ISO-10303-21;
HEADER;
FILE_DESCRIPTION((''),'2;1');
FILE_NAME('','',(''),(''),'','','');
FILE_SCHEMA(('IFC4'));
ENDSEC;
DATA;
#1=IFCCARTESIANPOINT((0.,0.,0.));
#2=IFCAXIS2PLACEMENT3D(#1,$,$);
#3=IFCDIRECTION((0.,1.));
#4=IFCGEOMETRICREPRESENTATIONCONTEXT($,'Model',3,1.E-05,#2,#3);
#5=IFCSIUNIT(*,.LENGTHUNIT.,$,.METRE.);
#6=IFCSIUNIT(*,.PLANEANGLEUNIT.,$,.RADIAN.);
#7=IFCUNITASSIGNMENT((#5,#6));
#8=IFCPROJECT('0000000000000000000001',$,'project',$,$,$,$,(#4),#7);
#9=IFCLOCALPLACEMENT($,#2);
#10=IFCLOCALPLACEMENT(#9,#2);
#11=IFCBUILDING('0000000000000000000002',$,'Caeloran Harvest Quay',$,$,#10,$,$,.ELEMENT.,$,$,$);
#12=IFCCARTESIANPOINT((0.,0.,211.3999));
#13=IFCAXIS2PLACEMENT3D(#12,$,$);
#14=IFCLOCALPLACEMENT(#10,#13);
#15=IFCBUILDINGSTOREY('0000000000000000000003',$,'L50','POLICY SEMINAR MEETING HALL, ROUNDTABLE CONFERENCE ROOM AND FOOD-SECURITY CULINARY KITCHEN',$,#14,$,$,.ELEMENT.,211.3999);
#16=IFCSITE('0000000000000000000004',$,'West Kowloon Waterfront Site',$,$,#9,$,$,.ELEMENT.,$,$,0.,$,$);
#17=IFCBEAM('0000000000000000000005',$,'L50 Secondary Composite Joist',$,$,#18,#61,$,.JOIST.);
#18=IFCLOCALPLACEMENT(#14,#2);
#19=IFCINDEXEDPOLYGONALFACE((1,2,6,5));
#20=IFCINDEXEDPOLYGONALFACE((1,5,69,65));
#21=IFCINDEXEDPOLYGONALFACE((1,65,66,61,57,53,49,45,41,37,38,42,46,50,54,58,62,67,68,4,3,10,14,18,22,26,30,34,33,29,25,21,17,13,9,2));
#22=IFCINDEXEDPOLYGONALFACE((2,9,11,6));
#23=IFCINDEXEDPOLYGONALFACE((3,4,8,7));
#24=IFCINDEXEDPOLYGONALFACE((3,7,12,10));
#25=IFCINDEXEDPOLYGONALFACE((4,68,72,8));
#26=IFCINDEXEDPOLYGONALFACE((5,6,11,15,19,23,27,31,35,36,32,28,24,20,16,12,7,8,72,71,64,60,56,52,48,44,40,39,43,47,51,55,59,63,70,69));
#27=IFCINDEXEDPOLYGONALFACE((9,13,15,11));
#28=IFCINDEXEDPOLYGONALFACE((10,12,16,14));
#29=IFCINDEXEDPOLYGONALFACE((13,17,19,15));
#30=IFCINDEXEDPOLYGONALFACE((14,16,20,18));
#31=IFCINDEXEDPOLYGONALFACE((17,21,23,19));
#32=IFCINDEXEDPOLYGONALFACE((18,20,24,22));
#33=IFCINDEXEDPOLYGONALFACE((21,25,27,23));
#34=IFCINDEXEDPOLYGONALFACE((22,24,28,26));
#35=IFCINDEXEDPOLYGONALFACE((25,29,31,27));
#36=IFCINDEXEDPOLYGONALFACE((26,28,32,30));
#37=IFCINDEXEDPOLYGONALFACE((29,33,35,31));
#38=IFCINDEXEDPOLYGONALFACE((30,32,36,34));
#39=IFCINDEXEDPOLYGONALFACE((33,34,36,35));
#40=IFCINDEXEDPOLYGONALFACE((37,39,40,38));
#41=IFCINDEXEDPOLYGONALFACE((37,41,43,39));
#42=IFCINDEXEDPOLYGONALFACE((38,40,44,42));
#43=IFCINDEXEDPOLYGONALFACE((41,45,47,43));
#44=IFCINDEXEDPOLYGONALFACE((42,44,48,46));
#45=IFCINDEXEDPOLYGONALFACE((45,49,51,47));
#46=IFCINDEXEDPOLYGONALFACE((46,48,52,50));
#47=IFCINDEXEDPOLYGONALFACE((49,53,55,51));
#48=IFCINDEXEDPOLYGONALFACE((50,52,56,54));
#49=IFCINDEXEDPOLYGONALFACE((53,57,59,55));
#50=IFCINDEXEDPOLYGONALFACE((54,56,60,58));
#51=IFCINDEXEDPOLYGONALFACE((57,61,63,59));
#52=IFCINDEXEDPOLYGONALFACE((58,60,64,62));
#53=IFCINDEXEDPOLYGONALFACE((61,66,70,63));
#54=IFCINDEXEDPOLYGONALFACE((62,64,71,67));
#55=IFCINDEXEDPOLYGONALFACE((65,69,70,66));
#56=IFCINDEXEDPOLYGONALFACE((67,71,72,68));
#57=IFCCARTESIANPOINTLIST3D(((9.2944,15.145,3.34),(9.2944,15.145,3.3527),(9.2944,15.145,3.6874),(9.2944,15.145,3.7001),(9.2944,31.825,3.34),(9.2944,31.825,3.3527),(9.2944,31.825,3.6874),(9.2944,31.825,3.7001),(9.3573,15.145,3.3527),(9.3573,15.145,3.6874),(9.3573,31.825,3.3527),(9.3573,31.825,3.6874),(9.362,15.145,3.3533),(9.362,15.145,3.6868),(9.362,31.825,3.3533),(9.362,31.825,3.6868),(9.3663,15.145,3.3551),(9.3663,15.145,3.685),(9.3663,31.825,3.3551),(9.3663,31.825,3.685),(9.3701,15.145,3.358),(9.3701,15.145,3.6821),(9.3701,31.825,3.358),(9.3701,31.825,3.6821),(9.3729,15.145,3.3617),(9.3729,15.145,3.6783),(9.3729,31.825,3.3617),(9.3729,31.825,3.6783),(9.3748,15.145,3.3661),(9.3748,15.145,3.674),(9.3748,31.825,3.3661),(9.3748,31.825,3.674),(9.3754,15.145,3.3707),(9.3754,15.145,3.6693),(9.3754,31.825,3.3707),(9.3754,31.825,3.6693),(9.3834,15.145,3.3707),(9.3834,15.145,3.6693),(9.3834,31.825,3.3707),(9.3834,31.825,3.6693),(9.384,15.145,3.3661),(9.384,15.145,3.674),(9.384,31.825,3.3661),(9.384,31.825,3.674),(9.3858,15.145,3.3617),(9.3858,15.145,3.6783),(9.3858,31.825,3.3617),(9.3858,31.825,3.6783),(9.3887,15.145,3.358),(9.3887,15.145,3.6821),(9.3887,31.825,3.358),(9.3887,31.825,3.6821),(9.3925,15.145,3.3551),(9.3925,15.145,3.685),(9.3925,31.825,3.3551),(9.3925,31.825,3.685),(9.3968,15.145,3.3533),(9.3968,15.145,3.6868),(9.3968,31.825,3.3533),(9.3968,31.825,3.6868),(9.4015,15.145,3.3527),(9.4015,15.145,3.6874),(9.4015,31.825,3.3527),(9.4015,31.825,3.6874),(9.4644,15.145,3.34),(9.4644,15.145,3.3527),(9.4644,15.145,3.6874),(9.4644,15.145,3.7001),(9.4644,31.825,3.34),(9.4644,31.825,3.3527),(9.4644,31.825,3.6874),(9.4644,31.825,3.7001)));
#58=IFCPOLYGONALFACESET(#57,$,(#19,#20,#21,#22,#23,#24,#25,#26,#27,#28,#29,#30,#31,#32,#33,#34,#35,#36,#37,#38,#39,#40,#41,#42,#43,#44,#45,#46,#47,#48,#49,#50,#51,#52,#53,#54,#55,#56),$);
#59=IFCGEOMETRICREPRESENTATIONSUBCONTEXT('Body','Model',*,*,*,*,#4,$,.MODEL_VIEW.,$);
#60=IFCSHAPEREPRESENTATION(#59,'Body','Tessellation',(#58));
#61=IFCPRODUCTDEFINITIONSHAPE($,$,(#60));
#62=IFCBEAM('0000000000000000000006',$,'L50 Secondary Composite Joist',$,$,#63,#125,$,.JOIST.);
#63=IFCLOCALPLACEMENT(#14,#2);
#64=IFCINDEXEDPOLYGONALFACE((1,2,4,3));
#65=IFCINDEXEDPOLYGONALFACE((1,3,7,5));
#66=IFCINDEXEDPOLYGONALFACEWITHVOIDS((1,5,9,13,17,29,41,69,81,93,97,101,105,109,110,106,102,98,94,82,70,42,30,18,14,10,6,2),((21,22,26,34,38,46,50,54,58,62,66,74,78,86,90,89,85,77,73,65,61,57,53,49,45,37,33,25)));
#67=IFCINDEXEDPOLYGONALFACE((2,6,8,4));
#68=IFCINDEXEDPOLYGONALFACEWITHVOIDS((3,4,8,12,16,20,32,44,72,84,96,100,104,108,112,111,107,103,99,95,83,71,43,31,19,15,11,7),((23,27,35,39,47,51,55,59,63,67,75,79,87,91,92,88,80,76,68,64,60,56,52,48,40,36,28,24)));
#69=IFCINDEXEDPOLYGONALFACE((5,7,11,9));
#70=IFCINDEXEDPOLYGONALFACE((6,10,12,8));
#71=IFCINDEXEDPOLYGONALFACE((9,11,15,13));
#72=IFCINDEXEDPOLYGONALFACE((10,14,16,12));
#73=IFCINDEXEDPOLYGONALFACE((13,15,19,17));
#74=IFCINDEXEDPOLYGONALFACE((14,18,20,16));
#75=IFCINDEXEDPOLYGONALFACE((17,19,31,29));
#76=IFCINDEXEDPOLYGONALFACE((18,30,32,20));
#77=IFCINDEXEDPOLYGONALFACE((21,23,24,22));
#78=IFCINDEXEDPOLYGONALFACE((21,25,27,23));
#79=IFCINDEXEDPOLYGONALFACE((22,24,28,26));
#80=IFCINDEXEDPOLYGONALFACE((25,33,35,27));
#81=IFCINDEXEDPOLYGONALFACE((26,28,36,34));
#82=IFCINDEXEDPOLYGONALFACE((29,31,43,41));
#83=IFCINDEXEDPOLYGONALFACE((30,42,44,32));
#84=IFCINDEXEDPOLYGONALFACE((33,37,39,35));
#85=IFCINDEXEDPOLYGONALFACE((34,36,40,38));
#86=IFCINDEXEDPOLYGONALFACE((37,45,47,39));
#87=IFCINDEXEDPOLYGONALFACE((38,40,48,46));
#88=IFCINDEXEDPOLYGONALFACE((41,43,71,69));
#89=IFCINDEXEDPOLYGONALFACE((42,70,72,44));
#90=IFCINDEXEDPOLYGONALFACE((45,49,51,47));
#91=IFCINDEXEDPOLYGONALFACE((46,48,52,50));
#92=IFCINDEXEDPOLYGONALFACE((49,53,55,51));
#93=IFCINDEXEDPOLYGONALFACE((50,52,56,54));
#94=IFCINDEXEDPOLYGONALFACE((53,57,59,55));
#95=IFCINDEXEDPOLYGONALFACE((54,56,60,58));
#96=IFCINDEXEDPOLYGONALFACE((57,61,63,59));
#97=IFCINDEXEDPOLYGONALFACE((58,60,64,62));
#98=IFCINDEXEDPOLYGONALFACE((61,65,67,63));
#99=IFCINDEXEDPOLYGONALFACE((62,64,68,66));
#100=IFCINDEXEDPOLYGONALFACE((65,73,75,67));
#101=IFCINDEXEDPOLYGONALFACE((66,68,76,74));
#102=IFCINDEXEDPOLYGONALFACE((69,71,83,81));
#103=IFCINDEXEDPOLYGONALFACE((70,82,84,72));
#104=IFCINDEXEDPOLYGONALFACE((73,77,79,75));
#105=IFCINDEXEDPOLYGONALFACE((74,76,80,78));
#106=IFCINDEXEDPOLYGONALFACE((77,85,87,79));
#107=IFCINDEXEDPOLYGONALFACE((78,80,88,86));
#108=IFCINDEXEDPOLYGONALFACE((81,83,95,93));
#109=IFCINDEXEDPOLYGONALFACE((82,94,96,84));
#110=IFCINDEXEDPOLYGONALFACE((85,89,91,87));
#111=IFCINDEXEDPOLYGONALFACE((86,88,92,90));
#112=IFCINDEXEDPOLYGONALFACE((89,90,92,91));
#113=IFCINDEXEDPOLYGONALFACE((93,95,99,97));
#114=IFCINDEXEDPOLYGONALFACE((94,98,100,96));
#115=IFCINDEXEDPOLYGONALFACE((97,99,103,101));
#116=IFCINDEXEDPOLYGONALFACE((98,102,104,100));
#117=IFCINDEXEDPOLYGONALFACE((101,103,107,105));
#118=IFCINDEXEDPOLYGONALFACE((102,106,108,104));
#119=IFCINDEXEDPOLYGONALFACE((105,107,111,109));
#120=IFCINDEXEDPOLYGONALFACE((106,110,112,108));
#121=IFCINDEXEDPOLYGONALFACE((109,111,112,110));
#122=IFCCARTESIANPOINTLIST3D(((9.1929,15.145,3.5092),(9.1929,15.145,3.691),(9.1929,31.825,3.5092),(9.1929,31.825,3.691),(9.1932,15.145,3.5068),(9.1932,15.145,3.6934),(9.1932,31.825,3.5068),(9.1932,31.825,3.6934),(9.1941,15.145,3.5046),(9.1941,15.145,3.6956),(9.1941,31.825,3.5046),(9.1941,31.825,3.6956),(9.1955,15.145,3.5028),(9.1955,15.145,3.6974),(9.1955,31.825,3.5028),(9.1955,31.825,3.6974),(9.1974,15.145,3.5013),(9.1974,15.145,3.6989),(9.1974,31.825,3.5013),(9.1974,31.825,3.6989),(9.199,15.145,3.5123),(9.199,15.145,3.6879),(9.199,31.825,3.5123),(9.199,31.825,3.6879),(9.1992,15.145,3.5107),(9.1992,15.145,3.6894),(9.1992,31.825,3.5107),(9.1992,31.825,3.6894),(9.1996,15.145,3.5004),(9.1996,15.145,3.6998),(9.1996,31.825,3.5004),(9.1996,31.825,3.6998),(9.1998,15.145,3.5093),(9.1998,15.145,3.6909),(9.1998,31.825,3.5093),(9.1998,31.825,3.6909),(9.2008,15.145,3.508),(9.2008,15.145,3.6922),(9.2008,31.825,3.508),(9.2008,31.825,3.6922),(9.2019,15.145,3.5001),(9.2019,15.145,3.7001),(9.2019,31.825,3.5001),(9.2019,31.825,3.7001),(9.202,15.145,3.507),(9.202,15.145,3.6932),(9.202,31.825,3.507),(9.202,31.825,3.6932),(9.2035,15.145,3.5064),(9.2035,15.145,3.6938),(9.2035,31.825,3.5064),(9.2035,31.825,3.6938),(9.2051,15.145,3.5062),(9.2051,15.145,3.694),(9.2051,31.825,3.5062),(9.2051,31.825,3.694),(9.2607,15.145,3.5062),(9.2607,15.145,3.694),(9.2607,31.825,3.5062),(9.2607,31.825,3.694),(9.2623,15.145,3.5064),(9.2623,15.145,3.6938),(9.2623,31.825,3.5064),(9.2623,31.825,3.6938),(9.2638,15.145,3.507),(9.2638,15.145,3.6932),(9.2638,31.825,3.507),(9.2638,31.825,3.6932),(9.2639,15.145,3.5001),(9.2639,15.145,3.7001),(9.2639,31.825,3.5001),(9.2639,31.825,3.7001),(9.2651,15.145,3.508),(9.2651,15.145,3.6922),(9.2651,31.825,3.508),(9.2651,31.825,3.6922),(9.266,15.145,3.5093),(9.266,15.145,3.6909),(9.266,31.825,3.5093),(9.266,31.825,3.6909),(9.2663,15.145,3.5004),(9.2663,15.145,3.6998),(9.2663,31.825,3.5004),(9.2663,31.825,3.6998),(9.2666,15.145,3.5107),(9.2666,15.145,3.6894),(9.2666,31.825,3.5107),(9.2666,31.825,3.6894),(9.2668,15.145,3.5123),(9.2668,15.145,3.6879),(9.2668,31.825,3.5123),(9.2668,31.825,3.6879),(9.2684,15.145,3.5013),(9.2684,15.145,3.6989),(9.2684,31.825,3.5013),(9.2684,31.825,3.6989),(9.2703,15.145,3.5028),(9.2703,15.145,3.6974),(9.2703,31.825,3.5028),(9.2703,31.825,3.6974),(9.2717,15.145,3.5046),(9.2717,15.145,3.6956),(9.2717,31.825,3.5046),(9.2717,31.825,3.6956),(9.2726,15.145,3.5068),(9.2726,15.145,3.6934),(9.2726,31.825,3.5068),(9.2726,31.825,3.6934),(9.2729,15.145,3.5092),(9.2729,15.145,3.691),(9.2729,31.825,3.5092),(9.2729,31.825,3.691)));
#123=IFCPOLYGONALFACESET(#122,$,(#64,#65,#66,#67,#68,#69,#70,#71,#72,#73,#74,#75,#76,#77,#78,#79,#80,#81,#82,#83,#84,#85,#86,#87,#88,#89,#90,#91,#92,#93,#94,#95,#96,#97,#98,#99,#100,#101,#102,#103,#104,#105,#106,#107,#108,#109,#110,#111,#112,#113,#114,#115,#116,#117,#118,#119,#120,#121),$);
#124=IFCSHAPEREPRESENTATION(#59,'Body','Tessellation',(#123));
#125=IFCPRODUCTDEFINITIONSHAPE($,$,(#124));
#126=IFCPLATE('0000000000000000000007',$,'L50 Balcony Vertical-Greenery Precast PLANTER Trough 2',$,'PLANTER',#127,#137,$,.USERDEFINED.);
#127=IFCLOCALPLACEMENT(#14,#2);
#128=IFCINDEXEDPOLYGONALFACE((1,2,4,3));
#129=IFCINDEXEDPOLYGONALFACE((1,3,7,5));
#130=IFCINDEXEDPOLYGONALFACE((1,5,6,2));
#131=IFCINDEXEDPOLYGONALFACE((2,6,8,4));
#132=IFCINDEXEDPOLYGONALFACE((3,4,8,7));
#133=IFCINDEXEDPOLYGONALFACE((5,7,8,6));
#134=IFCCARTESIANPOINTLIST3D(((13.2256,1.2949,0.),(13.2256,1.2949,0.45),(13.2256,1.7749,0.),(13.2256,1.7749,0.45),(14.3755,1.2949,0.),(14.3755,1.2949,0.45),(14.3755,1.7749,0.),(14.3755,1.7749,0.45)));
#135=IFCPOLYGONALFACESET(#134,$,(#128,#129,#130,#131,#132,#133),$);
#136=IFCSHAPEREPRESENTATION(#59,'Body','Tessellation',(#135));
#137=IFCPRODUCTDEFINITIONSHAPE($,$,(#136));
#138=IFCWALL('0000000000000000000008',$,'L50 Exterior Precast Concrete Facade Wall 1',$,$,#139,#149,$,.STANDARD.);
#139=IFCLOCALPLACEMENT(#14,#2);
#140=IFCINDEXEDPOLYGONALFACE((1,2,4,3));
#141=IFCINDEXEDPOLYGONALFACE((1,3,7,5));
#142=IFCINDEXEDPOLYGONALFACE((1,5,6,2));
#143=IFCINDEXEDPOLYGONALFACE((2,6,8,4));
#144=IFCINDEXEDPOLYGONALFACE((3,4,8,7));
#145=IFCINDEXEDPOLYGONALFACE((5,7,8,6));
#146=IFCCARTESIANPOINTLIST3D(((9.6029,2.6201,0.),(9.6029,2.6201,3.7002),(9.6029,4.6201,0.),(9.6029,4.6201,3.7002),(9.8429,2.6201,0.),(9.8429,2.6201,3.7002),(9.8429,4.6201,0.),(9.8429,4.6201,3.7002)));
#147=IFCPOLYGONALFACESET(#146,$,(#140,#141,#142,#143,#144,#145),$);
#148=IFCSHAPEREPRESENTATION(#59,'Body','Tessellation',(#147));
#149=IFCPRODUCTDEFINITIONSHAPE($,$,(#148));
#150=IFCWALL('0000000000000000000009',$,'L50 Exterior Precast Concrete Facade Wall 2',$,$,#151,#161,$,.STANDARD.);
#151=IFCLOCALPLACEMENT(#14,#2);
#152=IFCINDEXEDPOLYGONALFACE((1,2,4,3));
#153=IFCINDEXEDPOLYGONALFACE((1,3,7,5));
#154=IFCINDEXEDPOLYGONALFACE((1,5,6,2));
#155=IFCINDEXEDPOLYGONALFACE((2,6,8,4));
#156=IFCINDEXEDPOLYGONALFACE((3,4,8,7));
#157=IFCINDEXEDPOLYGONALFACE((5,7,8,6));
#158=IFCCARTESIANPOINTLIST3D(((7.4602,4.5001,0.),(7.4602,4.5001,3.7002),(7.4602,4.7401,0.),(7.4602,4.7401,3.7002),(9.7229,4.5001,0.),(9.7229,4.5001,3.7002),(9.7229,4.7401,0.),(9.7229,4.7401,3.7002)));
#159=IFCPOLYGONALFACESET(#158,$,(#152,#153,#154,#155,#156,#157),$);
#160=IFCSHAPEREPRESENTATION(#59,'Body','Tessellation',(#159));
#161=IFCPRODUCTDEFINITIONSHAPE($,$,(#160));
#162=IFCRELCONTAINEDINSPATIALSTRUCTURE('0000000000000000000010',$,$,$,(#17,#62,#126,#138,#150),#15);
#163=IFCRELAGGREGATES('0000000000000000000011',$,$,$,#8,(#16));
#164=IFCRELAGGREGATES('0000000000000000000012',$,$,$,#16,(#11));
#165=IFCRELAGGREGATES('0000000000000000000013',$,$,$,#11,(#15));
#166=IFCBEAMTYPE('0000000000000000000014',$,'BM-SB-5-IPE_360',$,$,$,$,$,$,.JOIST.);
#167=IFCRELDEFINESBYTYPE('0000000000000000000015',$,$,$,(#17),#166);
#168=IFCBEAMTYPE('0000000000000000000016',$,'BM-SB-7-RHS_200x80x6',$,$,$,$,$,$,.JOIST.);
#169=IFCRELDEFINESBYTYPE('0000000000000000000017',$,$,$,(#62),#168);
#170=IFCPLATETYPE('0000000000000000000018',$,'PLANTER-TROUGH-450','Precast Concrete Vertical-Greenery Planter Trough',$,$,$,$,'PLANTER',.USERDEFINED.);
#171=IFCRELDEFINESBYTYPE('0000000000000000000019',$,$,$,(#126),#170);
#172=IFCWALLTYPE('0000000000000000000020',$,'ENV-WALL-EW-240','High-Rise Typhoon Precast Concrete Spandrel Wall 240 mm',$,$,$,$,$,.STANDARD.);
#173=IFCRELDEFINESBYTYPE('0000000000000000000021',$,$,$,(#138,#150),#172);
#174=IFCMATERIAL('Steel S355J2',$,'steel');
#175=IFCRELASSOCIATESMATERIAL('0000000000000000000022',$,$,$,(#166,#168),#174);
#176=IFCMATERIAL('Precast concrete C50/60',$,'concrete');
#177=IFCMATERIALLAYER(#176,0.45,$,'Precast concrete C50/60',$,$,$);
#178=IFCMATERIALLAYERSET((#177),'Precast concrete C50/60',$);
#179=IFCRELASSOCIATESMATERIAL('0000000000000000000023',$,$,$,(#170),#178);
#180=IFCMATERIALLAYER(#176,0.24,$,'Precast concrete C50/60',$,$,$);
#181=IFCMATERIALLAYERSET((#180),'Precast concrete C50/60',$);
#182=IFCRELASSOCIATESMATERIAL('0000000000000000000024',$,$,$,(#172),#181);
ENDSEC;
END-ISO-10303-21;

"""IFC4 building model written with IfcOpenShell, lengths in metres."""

from ifc_helpers import new_model, si_unit, direction, frame, frame_2d, origin, origin_2d, place, context, subcontext, project, spatial, rectangle, hollow_rectangle, i_section, extrude, material, layer, layer_set, material_profile, profile_set, type_object, element, save


model = new_model("IFC4")

# Units and contexts
model_context = context("Model", 3, precision=1e-05, world=origin(), true_north=direction((0.0, 1.0)))
body_context = subcontext(model_context, "Body", "Model", "MODEL_VIEW")
ifc_project = project(units=[si_unit("LENGTHUNIT", "METRE"), si_unit("PLANEANGLEUNIT", "RADIAN")], contexts=[model_context])

# Site, building, storey
site_placement = place(None, origin())
site = spatial("IfcSite", under=ifc_project, at=site_placement, Name="West Kowloon Waterfront Site", CompositionType="ELEMENT", RefElevation=0.0)
building_placement = place(site_placement, origin())
building = spatial("IfcBuilding", under=site, at=building_placement, Name="Caeloran Harvest Quay", CompositionType="ELEMENT")
storey_placement = place(building_placement, frame((0.0, 0.0, 211.3999)))
storey = spatial("IfcBuildingStorey", under=building, at=storey_placement, Name="L50", Description="POLICY SEMINAR MEETING HALL, ROUNDTABLE CONFERENCE ROOM AND FOOD-SECURITY CULINARY KITCHEN", CompositionType="ELEMENT", Elevation=211.3999)

# Beams
ifc_material_1 = material(Name="Steel S355J2", Category="steel")
ifc_material_profile_1 = material_profile(ifc_material_1, i_section(OverallWidth=0.1699, OverallDepth=0.3601, WebThickness=0.0081, FlangeThickness=0.0127, FilletRadius=0.0181, at=origin_2d()), Name="IPE 360")
ifc_profile_set_1 = profile_set([ifc_material_profile_1], Name="Steel S355J2")
beam_type_1 = type_object("IfcBeamType", Name="BM-SB-5-IPE_360", PredefinedType="JOIST", material=ifc_profile_set_1)
for number, where, z_axis, x_axis, name in (
    (1, (9.3794, 15.145, 3.52), (0.0, 1.0, 0.0), (-1.0, 0.0, 0.0), "L50 Secondary Composite Joist"),
):
    element("IfcBeam", number, at=place(storey_placement, frame(where, z_axis=z_axis, x_axis=x_axis)), inside=storey, type_object=beam_type_1, Name=name, PredefinedType="JOIST", context=body_context, shape_type="SweptSolid", body=[
        extrude(i_section(OverallWidth=0.1699, OverallDepth=0.3601, WebThickness=0.0081, FlangeThickness=0.0127, FilletRadius=0.0181, at=origin_2d()), origin(), (0.0, 0.0, 1.0), 16.6799),
    ])
ifc_material_profile_2 = material_profile(ifc_material_1, hollow_rectangle(XDim=0.0801, YDim=0.2, WallThickness=0.0061, InnerFilletRadius=0.0061, OuterFilletRadius=0.009, at=origin_2d()), Name="RHS 200x80x6")
ifc_profile_set_2 = profile_set([ifc_material_profile_2], Name="Steel S355J2")
beam_type_2 = type_object("IfcBeamType", Name="BM-SB-7-RHS_200x80x6", PredefinedType="JOIST", material=ifc_profile_set_2)
beam_1_placement = place(storey_placement, frame((9.2329, 15.145, 3.6001), z_axis=(0.0, 1.0, 0.0), x_axis=(-1.0, 0.0, 0.0)))
element("IfcBeam", 2, at=beam_1_placement, inside=storey, type_object=beam_type_2, Name="L50 Secondary Composite Joist", PredefinedType="JOIST", context=body_context, shape_type="SweptSolid", body=[
    extrude(hollow_rectangle(XDim=0.0801, YDim=0.2, WallThickness=0.0061, InnerFilletRadius=0.0061, OuterFilletRadius=0.009, at=origin_2d()), origin(), (0.0, 0.0, 1.0), 16.6799),
])

# Plate
ifc_material_2 = material(Name="Precast concrete C50/60", Category="concrete")
ifc_layer_1 = layer(ifc_material_2, 0.45, Name="Precast concrete C50/60")
ifc_layer_set_1 = layer_set([ifc_layer_1], Name="Precast concrete C50/60")
plate_type = type_object("IfcPlateType", Name="PLANTER-TROUGH-450", Description="Precast Concrete Vertical-Greenery Planter Trough", ElementType="PLANTER", PredefinedType="USERDEFINED", material=ifc_layer_set_1)
plate_placement = place(storey_placement, frame((13.8005, 1.5349, 0.0), z_axis=(0.0, 0.0, 1.0), x_axis=(1.0, 0.0, 0.0)))
element("IfcPlate", 3, at=plate_placement, inside=storey, type_object=plate_type, Name="L50 Balcony Vertical-Greenery Precast PLANTER Trough 2", ObjectType="PLANTER", PredefinedType="USERDEFINED", context=body_context, shape_type="SweptSolid", body=[
    extrude(rectangle(XDim=1.1499, YDim=0.48, at=origin_2d()), origin(), (0.0, 0.0, 1.0), 0.45),
])

# Walls
ifc_layer_2 = layer(ifc_material_2, 0.24, Name="Precast concrete C50/60")
ifc_layer_set_2 = layer_set([ifc_layer_2], Name="Precast concrete C50/60")
wall_type_1 = type_object("IfcWallType", Name="ENV-WALL-EW-240", Description="High-Rise Typhoon Precast Concrete Spandrel Wall 240 mm", PredefinedType="STANDARD", material=ifc_layer_set_2)
wall_1_placement = place(storey_placement, frame((9.7229, 2.6201, 0.0), z_axis=(0.0, 0.0, 1.0), x_axis=(0.0, 1.0, 0.0)))
element("IfcWall", 4, at=wall_1_placement, inside=storey, type_object=wall_type_1, Name="L50 Exterior Precast Concrete Facade Wall 1", PredefinedType="STANDARD", context=body_context, shape_type="SweptSolid", body=[
    extrude(rectangle(XDim=2.0, YDim=0.24, at=frame_2d((1.0, 0.0))), origin(), (0.0, 0.0, 1.0), 3.7002),
])
wall_2_placement = place(storey_placement, frame((9.7229, 4.6201, 0.0), z_axis=(0.0, 0.0, 1.0), x_axis=(-1.0, 0.0, 0.0)))
element("IfcWall", 5, at=wall_2_placement, inside=storey, type_object=wall_type_1, Name="L50 Exterior Precast Concrete Facade Wall 2", PredefinedType="STANDARD", context=body_context, shape_type="SweptSolid", body=[
    extrude(rectangle(XDim=2.2627, YDim=0.24, at=frame_2d((1.1313, 0.0))), origin(), (0.0, 0.0, 1.0), 3.7002),
])

save(model, "model.ifc")
